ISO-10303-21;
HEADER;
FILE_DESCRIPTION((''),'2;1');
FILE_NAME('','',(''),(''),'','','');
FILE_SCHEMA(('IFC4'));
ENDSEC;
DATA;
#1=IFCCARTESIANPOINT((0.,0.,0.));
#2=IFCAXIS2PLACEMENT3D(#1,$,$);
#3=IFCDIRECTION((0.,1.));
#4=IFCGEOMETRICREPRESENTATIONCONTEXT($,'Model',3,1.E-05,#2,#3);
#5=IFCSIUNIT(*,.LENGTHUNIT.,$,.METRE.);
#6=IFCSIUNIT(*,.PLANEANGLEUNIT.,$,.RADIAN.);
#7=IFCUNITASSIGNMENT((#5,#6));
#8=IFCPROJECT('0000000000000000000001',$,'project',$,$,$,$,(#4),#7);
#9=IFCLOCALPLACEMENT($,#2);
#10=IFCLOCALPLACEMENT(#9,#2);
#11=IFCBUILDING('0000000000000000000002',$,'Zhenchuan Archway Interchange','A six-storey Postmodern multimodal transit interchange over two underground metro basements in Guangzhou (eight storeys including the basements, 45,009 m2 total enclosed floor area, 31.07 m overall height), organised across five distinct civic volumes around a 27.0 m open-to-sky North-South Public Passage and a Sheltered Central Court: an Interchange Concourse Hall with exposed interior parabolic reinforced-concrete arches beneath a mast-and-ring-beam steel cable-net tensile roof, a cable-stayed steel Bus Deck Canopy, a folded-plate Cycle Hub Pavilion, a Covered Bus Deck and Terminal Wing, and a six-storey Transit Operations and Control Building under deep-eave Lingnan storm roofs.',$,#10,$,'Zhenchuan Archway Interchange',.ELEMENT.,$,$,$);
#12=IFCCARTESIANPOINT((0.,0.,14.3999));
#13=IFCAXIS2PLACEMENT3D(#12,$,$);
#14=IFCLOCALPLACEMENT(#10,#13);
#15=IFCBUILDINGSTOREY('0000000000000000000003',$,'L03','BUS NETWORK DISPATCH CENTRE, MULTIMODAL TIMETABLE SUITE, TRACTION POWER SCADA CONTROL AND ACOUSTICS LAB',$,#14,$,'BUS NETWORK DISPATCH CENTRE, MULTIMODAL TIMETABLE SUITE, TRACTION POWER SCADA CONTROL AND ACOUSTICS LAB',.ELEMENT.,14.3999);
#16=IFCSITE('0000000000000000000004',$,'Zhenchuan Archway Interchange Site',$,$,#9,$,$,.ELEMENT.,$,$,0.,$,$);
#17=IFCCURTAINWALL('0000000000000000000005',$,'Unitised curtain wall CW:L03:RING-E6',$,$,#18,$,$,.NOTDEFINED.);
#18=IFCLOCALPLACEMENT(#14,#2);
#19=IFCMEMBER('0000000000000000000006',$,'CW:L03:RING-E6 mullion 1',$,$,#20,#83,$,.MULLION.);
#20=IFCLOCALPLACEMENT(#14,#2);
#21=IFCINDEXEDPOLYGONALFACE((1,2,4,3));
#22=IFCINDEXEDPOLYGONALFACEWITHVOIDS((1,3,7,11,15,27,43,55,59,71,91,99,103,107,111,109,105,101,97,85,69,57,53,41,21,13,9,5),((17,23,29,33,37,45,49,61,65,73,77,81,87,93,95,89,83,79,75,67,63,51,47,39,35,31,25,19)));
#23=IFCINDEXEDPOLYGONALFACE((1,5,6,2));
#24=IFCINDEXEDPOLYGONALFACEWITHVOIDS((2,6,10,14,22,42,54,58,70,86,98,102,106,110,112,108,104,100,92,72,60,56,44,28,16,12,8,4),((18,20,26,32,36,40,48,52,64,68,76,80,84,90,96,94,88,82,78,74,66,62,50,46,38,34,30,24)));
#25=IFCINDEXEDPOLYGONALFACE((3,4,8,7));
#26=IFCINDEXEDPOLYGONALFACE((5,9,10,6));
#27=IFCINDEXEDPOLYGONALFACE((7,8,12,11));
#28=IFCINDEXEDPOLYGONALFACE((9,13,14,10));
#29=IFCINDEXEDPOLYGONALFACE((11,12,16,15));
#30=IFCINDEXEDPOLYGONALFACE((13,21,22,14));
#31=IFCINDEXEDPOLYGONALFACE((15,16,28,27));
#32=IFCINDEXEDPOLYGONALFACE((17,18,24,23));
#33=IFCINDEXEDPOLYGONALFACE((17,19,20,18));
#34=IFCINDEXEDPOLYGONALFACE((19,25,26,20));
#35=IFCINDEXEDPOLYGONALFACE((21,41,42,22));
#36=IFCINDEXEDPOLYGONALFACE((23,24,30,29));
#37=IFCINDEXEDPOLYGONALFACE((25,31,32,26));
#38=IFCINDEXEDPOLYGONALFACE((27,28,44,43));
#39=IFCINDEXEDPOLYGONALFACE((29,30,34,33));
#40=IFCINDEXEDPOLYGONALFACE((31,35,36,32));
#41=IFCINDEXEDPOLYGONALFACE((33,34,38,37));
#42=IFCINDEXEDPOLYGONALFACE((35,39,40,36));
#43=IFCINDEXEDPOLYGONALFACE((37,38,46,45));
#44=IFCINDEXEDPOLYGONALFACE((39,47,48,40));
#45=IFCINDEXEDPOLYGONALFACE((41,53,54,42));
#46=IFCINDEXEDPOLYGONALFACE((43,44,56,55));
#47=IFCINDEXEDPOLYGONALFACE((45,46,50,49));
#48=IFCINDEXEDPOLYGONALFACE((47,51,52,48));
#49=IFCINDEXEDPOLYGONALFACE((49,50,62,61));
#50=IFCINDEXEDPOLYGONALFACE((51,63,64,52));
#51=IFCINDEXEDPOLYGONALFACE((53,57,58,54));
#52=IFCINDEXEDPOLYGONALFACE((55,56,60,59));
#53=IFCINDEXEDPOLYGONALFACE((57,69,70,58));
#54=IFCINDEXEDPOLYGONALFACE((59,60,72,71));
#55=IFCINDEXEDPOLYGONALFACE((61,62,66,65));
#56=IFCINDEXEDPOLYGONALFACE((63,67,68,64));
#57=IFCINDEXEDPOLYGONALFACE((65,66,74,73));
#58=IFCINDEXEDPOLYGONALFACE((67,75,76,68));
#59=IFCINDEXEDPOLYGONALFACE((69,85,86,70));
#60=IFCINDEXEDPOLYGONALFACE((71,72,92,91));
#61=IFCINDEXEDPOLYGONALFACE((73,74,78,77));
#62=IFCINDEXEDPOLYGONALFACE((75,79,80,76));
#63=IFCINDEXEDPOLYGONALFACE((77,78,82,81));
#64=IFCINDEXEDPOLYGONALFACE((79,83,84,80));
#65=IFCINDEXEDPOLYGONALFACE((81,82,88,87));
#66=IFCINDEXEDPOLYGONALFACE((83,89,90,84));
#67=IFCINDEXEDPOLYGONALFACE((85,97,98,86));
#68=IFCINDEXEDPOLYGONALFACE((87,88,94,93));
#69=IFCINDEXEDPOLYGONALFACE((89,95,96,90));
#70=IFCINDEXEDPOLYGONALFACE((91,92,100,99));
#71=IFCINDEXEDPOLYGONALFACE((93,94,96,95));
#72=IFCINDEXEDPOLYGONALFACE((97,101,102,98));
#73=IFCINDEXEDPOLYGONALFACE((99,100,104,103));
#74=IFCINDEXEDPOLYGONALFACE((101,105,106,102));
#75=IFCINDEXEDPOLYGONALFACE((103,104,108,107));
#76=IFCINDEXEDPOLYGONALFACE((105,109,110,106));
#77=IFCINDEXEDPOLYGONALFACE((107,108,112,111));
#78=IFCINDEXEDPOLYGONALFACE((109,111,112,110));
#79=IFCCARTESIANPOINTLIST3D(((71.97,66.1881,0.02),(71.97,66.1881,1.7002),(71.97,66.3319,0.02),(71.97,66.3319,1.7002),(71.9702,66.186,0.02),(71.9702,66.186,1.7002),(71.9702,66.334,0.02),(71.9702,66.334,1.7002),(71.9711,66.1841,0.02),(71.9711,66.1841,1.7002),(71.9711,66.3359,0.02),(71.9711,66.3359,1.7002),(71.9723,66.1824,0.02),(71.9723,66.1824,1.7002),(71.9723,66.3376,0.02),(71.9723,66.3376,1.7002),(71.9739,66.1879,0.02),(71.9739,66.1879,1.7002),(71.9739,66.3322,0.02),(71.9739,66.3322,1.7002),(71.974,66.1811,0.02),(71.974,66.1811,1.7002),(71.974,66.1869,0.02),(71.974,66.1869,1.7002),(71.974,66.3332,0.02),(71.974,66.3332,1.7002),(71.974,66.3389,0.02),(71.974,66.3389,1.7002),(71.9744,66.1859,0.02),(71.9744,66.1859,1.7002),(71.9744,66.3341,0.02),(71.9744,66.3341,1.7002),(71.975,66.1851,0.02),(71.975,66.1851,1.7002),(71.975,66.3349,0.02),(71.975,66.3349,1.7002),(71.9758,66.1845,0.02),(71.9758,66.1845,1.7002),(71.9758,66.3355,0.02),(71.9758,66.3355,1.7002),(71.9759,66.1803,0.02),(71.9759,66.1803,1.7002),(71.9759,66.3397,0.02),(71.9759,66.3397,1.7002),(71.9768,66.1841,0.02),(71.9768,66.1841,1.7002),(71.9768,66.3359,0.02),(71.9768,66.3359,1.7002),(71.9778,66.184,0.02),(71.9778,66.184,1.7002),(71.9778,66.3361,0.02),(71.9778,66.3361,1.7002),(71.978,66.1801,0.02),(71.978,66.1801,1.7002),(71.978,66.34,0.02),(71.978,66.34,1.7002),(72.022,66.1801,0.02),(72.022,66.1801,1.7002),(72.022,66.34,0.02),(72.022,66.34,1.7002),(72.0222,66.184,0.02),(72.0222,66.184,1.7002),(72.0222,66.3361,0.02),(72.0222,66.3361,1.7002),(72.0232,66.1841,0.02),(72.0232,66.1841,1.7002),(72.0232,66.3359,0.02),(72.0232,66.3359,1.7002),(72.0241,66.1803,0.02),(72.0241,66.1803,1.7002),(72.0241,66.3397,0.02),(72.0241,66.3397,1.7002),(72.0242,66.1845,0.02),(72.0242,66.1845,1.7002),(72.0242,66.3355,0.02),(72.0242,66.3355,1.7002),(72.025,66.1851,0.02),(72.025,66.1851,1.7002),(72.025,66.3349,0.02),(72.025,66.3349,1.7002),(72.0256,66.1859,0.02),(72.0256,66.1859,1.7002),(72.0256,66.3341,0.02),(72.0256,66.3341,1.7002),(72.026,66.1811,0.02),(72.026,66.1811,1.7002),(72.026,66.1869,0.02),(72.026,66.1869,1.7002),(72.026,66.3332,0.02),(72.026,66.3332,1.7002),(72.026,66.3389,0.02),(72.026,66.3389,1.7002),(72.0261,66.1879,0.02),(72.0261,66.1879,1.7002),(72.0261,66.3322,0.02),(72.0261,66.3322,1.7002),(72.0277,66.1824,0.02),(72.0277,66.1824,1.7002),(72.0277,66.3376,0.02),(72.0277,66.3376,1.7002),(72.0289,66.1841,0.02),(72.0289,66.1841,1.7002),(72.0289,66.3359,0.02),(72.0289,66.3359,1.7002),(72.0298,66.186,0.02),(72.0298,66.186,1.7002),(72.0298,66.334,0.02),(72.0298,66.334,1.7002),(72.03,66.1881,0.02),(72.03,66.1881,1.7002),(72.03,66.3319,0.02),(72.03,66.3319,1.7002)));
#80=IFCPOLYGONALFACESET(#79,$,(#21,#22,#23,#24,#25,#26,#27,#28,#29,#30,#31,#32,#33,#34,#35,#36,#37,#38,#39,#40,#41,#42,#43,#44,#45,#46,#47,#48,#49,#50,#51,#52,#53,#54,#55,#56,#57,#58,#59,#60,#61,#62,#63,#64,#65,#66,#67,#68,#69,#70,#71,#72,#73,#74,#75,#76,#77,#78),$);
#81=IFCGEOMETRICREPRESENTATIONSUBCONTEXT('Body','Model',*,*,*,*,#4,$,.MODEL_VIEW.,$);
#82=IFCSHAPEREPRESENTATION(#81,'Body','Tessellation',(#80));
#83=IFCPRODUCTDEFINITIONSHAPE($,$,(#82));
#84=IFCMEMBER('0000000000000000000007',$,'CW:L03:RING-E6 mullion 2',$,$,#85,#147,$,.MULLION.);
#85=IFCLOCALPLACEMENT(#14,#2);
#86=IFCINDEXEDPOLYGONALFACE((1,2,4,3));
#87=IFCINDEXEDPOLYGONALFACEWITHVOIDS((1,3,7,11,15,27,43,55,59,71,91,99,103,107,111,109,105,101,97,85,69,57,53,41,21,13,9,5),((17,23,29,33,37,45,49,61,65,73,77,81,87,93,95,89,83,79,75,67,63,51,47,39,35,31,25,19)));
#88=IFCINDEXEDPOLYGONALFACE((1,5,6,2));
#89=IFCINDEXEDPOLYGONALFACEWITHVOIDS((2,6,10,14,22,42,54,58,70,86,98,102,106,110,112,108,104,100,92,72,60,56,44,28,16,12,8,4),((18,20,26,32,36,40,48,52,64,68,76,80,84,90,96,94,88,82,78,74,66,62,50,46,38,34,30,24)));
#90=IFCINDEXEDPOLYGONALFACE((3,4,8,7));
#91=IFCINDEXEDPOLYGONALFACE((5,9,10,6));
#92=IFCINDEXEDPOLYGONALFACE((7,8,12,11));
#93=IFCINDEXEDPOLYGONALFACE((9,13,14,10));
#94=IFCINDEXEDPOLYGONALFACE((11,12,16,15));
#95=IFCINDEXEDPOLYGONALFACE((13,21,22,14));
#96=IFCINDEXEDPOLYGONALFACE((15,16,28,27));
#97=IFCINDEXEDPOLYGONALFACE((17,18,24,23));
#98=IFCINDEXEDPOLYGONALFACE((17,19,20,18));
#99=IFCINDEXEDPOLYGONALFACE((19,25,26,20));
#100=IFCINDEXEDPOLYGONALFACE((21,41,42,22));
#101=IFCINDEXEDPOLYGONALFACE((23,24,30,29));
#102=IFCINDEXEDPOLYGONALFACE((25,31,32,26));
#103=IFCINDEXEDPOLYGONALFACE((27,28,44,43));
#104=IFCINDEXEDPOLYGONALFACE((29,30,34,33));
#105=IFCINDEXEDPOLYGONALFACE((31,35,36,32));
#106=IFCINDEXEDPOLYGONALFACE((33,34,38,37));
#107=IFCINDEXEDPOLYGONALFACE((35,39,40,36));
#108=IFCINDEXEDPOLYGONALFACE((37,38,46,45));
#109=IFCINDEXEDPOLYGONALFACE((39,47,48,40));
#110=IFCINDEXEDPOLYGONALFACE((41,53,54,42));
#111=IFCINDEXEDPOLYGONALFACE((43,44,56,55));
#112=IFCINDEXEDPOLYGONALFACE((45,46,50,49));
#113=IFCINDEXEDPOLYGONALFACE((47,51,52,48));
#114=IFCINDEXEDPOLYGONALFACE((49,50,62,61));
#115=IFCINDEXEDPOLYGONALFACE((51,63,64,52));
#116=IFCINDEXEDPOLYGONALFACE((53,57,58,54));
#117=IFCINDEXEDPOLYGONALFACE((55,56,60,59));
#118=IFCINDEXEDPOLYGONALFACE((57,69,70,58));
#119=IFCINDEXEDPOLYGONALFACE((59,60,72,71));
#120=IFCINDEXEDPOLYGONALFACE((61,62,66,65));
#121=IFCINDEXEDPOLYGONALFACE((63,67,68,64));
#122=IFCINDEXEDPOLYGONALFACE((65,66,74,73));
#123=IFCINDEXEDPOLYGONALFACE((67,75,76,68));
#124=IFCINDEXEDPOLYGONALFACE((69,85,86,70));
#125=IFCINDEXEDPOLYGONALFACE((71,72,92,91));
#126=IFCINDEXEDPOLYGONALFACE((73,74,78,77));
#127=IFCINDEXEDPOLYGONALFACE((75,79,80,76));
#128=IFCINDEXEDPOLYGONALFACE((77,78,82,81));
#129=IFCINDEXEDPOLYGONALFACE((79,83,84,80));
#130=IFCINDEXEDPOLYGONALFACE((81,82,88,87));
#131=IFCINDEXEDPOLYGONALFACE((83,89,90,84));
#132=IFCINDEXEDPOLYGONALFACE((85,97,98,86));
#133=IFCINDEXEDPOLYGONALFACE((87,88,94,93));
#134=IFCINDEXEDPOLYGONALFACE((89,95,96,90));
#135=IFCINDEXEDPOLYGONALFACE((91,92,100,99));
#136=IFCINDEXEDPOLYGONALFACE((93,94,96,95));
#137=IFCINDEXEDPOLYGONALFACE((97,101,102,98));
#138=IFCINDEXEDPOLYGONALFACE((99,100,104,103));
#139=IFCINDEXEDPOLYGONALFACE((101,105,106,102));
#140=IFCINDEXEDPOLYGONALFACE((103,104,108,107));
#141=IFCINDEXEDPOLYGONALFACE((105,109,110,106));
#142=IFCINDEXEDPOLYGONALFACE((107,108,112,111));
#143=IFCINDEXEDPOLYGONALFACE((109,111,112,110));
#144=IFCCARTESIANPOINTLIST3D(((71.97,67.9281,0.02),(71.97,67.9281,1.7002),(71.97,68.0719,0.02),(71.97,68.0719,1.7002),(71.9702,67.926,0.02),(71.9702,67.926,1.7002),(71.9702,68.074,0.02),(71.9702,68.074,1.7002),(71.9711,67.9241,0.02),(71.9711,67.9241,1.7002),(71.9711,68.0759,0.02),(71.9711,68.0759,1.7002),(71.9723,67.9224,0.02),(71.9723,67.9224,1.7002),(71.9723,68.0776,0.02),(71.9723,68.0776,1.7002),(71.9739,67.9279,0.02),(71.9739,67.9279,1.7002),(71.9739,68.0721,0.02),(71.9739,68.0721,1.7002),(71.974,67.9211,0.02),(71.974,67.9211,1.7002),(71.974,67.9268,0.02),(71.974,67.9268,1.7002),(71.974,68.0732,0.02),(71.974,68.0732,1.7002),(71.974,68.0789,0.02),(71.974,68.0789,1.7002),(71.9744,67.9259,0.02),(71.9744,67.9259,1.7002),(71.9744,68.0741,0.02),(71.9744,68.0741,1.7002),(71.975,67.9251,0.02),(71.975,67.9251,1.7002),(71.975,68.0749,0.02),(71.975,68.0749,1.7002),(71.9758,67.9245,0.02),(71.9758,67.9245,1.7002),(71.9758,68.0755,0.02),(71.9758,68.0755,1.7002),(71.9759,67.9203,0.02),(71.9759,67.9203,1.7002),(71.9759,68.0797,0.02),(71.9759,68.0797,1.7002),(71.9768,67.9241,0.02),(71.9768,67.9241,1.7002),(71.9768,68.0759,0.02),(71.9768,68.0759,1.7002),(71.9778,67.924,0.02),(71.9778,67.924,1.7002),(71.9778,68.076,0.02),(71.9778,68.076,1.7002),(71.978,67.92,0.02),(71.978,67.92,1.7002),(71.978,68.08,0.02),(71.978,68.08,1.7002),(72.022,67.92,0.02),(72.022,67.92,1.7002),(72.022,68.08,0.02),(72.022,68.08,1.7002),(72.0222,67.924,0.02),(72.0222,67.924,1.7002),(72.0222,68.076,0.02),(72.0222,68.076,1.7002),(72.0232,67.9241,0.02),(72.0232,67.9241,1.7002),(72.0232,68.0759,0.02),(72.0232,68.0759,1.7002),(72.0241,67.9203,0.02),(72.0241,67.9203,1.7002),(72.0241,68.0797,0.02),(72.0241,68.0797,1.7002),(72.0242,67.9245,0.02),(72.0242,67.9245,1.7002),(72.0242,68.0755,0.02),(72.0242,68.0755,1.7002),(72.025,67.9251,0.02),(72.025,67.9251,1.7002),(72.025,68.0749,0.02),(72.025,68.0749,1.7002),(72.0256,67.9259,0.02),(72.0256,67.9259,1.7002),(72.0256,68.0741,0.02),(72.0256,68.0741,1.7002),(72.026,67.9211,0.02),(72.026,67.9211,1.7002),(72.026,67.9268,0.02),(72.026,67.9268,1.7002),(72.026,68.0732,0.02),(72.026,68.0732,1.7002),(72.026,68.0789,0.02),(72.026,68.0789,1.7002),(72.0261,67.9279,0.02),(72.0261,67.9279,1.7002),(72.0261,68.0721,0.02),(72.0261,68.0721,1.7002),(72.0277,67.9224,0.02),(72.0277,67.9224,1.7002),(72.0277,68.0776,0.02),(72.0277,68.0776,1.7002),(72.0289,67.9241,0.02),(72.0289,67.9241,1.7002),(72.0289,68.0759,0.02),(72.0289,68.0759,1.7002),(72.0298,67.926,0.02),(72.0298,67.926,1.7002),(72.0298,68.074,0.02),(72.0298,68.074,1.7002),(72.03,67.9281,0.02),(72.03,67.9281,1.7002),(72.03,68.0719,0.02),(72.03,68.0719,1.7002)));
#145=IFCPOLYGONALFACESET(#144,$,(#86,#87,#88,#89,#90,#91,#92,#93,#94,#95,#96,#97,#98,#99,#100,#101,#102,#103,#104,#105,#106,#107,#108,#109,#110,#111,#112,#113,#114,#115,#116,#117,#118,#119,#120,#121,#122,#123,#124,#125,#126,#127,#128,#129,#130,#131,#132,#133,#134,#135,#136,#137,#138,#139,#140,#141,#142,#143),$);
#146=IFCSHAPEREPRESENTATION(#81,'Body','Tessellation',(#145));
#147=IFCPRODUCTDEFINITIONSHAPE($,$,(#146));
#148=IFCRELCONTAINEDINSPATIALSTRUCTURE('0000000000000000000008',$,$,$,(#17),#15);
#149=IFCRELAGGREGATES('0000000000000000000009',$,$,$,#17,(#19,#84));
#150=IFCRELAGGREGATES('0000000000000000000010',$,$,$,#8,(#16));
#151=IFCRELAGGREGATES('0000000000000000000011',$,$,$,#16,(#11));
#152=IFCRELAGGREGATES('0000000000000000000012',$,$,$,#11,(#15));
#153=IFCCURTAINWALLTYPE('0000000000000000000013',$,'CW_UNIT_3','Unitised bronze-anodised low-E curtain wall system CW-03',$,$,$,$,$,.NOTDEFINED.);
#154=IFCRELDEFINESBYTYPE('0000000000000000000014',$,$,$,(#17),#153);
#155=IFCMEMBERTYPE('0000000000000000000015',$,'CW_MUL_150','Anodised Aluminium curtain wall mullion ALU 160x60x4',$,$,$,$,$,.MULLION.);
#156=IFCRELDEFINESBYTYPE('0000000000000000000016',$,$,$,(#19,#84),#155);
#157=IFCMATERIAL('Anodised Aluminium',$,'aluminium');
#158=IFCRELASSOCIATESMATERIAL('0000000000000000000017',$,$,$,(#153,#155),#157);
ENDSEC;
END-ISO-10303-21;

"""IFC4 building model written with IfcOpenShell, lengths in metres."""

from ifc_helpers import new_model, si_unit, direction, frame, origin, origin_2d, place, context, subcontext, project, spatial, hollow_rectangle, extrude, material, material_profile, profile_set, type_object, element, aggregate, save


model = new_model("IFC4")

# Units and contexts
model_context = context("Model", 3, precision=1e-05, world=origin(), true_north=direction((0.0, 1.0)))
body_context = subcontext(model_context, "Body", "Model", "MODEL_VIEW")
ifc_project = project(units=[si_unit("LENGTHUNIT", "METRE"), si_unit("PLANEANGLEUNIT", "RADIAN")], contexts=[model_context])

# Site, building, storey
site_placement = place(None, origin())
site = spatial("IfcSite", under=ifc_project, at=site_placement, Name="Zhenchuan Archway Interchange Site", CompositionType="ELEMENT", RefElevation=0.0)
building_placement = place(site_placement, origin())
building = spatial("IfcBuilding", under=site, at=building_placement, Name="Zhenchuan Archway Interchange", Description="A six-storey Postmodern multimodal transit interchange over two underground metro basements in Guangzhou (eight storeys including the basements, 45,009 m2 total enclosed floor area, 31.07 m overall height), organised across five distinct civic volumes around a 27.0 m open-to-sky North-South Public Passage and a Sheltered Central Court: an Interchange Concourse Hall with exposed interior parabolic reinforced-concrete arches beneath a mast-and-ring-beam steel cable-net tensile roof, a cable-stayed steel Bus Deck Canopy, a folded-plate Cycle Hub Pavilion, a Covered Bus Deck and Terminal Wing, and a six-storey Transit Operations and Control Building under deep-eave Lingnan storm roofs.", LongName="Zhenchuan Archway Interchange", CompositionType="ELEMENT")
storey_placement = place(building_placement, frame((0.0, 0.0, 14.3999)))
storey = spatial("IfcBuildingStorey", under=building, at=storey_placement, Name="L03", Description="BUS NETWORK DISPATCH CENTRE, MULTIMODAL TIMETABLE SUITE, TRACTION POWER SCADA CONTROL AND ACOUSTICS LAB", LongName="BUS NETWORK DISPATCH CENTRE, MULTIMODAL TIMETABLE SUITE, TRACTION POWER SCADA CONTROL AND ACOUSTICS LAB", CompositionType="ELEMENT", Elevation=14.3999)

# Curtain wall, members
ifc_material_1 = material(Name="Anodised Aluminium", Category="aluminium")
curtain_wall_type_1 = type_object("IfcCurtainWallType", Name="CW_UNIT_3", Description="Unitised bronze-anodised low-E curtain wall system CW-03", PredefinedType="NOTDEFINED", material=ifc_material_1)
curtain_wall_1_placement = place(storey_placement, origin())
curtain_wall_1 = element("IfcCurtainWall", 1, at=curtain_wall_1_placement, inside=storey, type_object=curtain_wall_type_1, Name="Unitised curtain wall CW:L03:RING-E6", PredefinedType="NOTDEFINED")
ifc_material_profile_1 = material_profile(ifc_material_1, hollow_rectangle(XDim=0.0601, YDim=0.1599, WallThickness=0.0039, InnerFilletRadius=0.0039, OuterFilletRadius=0.0081, at=origin_2d()), Name="ALU 160x60x4")
ifc_profile_set_1 = profile_set([ifc_material_profile_1], Name="Anodised Aluminium")
member_type_1 = type_object("IfcMemberType", Name="CW_MUL_150", Description="Anodised Aluminium curtain wall mullion ALU 160x60x4", PredefinedType="MULLION", material=ifc_profile_set_1)
member_1_placement = place(storey_placement, frame((72.0, 66.26, 0.02), z_axis=(0.0, 0.0, 1.0), x_axis=(1.0, 0.0, 0.0)))
member_1 = element("IfcMember", 2, at=member_1_placement, type_object=member_type_1, Name="CW:L03:RING-E6 mullion 1", PredefinedType="MULLION", context=body_context, shape_type="SweptSolid", body=[
    extrude(hollow_rectangle(XDim=0.0601, YDim=0.1599, WallThickness=0.0039, InnerFilletRadius=0.0039, OuterFilletRadius=0.0081, at=origin_2d()), origin(), (0.0, 0.0, 1.0), 1.6802),
])
member_2_placement = place(storey_placement, frame((72.0, 68.0, 0.02), z_axis=(0.0, 0.0, 1.0), x_axis=(1.0, 0.0, 0.0)))
member_2 = element("IfcMember", 3, at=member_2_placement, type_object=member_type_1, Name="CW:L03:RING-E6 mullion 2", PredefinedType="MULLION", context=body_context, shape_type="SweptSolid", body=[
    extrude(hollow_rectangle(XDim=0.0601, YDim=0.1599, WallThickness=0.0039, InnerFilletRadius=0.0039, OuterFilletRadius=0.0081, at=origin_2d()), origin(), (0.0, 0.0, 1.0), 1.6802),
])

aggregate(curtain_wall_1, [member_1, member_2])

save(model, "model.ifc")
